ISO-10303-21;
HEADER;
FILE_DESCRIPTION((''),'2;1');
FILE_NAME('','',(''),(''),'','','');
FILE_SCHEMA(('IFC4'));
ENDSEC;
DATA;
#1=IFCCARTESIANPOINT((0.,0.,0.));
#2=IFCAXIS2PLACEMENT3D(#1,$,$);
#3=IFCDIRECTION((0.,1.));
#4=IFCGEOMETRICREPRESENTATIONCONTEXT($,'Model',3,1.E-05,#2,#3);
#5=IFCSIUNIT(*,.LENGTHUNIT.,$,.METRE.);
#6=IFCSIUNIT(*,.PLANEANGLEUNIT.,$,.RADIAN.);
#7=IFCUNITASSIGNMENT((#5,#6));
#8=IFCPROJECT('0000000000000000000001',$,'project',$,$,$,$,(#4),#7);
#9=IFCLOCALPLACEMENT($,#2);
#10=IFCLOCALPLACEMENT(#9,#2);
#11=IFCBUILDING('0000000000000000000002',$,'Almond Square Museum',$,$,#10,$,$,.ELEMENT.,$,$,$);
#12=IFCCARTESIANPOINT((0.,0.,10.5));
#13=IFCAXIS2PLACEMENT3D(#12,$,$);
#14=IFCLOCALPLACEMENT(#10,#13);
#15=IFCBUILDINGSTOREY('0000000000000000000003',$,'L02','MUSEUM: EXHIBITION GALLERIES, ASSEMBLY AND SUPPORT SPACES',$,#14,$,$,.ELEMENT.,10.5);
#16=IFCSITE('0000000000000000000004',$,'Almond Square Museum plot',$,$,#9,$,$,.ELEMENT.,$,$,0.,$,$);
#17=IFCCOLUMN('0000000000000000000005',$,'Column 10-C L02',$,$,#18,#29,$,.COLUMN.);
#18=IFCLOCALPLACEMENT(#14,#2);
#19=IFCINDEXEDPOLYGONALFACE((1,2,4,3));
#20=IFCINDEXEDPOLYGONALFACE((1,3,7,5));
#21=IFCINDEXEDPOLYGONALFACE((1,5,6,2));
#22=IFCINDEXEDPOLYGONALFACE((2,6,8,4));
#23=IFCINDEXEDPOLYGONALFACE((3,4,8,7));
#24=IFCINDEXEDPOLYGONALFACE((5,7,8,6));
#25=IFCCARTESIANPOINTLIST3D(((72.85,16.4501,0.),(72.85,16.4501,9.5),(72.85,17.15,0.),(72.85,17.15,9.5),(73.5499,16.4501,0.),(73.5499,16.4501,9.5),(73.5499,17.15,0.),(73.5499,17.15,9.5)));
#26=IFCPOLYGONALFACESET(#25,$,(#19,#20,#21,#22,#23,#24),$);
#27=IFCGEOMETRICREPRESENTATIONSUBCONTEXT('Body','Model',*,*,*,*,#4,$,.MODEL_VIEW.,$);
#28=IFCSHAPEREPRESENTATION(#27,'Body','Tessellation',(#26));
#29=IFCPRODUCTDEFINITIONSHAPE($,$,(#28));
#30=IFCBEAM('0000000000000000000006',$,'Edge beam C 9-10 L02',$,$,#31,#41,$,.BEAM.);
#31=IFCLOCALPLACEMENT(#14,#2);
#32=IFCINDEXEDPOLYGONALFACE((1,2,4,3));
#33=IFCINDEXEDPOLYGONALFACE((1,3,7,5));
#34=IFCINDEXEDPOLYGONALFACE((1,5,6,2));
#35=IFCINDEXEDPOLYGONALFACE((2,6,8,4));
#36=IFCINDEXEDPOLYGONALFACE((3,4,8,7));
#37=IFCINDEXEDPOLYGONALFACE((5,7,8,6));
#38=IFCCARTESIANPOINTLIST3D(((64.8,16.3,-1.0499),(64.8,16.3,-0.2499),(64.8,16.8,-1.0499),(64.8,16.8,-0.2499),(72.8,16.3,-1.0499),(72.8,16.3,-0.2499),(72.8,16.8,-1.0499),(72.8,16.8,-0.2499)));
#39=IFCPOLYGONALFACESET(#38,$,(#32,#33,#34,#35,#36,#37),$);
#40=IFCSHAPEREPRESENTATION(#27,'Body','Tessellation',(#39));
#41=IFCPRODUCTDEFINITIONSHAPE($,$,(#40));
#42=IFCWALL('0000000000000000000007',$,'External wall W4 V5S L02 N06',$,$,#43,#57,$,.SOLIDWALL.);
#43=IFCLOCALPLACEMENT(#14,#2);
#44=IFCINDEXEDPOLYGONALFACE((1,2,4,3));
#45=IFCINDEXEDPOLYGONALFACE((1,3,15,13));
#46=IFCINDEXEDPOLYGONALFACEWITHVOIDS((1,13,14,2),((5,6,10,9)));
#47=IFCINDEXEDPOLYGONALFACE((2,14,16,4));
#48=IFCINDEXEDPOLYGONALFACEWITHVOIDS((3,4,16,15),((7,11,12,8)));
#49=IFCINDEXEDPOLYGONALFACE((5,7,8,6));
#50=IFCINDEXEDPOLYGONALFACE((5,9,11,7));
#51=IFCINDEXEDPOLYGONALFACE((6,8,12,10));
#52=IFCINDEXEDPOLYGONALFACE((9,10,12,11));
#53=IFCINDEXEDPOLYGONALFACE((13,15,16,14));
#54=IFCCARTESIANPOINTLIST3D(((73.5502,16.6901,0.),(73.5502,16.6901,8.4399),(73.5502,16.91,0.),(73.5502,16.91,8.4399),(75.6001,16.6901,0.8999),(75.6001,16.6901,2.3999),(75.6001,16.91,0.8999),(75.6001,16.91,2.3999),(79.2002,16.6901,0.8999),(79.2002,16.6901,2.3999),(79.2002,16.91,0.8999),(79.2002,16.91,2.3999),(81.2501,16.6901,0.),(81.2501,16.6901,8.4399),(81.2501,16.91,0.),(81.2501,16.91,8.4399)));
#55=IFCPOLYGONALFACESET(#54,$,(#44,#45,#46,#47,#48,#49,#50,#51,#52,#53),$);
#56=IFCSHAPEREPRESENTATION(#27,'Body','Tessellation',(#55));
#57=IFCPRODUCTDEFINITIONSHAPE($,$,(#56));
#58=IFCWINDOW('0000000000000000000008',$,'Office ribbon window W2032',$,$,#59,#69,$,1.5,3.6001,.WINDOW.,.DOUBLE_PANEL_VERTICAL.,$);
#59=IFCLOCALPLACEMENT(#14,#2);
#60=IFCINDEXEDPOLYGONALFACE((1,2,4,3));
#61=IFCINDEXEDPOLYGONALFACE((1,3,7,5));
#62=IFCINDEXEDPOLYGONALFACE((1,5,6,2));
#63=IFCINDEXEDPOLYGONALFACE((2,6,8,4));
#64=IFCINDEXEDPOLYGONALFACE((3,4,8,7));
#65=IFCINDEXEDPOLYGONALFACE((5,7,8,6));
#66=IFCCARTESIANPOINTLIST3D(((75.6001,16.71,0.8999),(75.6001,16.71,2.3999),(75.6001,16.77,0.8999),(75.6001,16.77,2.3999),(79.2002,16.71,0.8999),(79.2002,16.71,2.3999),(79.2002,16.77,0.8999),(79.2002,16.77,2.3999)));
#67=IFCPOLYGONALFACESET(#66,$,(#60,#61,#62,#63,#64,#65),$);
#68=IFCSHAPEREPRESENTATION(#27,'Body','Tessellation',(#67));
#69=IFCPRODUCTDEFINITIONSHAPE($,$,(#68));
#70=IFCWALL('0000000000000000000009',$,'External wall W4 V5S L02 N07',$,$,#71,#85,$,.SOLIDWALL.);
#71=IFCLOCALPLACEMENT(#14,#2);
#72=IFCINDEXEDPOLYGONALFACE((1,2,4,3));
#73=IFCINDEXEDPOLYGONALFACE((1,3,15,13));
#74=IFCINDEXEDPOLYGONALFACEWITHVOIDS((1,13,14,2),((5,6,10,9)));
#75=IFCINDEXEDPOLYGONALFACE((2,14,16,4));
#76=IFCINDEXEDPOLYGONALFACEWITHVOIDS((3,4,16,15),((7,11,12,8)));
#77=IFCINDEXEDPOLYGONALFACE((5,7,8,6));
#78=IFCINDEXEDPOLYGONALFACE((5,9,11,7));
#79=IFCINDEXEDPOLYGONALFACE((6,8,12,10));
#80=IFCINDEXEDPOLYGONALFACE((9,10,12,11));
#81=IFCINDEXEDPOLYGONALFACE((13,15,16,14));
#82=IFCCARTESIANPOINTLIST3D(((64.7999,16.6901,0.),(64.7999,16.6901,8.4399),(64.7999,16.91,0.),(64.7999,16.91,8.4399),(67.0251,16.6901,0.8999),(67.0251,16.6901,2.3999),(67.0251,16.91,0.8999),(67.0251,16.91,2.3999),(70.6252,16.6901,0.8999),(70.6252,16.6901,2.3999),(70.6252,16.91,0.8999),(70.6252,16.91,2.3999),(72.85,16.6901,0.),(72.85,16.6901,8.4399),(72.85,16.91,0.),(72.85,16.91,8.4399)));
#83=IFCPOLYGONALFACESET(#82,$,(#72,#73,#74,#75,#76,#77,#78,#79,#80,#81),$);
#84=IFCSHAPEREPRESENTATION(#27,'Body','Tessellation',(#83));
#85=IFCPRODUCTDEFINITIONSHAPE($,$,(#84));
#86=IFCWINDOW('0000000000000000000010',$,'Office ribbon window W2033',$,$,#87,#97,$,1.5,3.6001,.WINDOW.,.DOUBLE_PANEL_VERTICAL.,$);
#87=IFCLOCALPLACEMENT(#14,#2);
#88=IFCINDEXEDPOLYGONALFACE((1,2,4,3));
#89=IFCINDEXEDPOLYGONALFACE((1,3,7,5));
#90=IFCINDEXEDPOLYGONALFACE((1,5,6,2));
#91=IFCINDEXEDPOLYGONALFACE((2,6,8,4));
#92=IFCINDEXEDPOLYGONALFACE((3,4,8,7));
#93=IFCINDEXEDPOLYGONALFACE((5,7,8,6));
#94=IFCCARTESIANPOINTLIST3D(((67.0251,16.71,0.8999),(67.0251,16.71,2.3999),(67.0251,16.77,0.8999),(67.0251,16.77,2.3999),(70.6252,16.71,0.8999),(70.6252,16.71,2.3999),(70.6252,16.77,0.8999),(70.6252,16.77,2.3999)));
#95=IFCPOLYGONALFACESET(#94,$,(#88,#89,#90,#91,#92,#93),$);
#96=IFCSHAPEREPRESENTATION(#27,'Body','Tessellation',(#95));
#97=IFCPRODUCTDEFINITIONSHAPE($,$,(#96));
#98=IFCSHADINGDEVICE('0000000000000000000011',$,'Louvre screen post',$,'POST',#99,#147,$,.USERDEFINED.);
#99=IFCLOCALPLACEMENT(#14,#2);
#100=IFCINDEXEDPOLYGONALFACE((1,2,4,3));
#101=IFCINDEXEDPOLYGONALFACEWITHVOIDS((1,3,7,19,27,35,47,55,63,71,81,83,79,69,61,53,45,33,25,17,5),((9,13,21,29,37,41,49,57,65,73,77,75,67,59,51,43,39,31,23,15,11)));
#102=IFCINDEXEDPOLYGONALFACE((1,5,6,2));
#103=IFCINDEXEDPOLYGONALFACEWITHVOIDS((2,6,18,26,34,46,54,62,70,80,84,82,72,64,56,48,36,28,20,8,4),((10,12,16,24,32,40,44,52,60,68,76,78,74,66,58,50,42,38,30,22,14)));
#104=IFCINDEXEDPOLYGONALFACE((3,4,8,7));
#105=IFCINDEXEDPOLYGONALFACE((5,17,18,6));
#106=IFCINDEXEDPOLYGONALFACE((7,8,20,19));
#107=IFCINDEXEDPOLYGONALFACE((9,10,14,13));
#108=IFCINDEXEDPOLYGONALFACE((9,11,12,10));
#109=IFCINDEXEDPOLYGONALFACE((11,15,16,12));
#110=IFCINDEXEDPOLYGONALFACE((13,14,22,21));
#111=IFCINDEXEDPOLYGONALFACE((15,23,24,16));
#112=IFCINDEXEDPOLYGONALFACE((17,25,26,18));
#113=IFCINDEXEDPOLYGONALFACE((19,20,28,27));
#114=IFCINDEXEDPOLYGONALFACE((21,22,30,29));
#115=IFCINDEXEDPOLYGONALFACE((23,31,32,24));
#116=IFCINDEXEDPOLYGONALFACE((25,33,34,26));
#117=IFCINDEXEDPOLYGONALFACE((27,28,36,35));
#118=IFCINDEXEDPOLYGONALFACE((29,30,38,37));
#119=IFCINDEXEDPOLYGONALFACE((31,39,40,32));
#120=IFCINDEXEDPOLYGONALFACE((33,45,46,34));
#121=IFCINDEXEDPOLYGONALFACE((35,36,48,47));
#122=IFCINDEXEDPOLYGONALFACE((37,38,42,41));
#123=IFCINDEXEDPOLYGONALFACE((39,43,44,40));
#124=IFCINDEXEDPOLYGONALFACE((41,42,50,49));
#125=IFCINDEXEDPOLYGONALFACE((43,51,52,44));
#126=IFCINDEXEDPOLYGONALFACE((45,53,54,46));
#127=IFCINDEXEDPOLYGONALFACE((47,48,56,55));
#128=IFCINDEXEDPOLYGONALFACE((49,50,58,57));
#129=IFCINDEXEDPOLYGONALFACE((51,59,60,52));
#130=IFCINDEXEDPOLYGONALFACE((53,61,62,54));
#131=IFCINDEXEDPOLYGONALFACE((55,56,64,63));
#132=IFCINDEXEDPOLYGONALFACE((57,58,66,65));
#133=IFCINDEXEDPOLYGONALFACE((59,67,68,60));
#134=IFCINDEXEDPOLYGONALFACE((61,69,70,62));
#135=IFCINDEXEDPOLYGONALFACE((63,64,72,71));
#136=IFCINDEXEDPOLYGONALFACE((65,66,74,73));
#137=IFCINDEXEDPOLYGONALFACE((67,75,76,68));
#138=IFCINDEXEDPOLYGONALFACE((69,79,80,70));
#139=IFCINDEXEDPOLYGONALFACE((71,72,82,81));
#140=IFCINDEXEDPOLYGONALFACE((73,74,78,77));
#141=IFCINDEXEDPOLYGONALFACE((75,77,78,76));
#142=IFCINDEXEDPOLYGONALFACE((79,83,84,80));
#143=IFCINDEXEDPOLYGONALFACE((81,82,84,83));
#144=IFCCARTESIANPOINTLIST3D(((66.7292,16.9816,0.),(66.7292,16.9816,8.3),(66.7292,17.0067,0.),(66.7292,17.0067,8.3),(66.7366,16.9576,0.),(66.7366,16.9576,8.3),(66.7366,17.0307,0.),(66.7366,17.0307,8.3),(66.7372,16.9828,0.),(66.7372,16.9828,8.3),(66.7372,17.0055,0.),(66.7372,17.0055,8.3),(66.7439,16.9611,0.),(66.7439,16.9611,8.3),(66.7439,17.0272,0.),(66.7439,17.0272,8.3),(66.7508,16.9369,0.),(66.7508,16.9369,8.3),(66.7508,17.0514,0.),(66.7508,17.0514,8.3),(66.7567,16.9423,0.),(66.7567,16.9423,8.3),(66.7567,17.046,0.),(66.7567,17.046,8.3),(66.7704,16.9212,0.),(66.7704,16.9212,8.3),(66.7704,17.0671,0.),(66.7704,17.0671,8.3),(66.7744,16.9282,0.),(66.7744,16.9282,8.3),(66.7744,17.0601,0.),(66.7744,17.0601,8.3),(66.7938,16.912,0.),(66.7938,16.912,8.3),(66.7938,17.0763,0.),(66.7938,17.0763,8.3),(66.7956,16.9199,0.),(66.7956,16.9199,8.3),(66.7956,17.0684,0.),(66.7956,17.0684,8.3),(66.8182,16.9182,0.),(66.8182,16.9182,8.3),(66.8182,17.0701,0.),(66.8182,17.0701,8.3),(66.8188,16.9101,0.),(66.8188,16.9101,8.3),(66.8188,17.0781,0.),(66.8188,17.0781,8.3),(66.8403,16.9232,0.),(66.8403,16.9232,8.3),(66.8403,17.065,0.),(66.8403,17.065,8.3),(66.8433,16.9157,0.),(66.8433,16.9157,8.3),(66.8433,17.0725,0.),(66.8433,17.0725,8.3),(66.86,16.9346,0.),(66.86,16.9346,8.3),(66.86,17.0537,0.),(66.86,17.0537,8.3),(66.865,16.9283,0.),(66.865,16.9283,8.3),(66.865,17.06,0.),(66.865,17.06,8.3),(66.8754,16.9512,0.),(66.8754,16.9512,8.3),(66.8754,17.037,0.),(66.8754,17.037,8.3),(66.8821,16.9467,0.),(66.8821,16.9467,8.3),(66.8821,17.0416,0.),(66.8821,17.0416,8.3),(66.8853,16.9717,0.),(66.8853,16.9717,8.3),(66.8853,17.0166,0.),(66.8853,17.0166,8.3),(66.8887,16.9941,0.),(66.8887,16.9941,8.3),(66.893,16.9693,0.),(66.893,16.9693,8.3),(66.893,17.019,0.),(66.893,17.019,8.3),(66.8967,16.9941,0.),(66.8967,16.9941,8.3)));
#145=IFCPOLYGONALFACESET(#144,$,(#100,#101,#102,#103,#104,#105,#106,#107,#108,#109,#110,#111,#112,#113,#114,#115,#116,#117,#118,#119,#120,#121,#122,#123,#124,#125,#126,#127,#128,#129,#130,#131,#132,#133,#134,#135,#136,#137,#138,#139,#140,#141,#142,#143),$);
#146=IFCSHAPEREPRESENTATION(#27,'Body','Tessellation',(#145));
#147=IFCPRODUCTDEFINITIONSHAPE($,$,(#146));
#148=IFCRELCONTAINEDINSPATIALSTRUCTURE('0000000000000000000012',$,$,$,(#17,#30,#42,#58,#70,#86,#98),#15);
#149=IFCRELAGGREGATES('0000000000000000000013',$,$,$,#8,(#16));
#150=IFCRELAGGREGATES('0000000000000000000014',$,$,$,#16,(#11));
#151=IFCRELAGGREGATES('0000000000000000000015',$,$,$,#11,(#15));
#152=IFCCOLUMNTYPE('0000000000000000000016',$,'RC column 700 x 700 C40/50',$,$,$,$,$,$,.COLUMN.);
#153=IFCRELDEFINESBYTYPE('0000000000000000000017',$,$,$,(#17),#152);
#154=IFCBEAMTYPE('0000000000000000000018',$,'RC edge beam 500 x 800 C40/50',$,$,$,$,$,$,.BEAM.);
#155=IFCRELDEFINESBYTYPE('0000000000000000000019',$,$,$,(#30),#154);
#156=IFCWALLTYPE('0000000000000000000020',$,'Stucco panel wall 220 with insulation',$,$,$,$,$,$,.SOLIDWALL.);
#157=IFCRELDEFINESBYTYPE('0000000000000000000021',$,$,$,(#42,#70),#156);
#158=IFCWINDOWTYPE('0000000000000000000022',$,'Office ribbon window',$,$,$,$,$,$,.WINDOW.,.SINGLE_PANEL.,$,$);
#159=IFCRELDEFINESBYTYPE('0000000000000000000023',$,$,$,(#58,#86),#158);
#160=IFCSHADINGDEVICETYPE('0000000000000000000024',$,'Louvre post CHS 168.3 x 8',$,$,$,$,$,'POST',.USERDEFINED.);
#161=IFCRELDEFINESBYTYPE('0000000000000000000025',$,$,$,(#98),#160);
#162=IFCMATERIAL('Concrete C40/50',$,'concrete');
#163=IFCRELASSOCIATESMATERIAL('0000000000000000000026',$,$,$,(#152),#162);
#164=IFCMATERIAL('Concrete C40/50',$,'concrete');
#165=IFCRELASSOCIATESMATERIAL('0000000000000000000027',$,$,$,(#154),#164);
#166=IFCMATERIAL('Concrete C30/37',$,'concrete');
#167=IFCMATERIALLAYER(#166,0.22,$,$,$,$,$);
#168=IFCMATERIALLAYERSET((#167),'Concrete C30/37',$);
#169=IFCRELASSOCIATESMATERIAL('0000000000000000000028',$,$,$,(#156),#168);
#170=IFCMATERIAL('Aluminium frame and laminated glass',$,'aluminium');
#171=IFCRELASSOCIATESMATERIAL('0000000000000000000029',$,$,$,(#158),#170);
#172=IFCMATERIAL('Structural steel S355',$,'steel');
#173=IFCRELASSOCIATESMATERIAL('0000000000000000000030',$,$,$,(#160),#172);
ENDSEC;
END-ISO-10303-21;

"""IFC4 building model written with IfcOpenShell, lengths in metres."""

from ifc_helpers import new_model, si_unit, direction, frame, frame_2d, origin, origin_2d, place, context, subcontext, project, spatial, rectangle, hollow_circle, extrude, material, layer, layer_set, material_profile, profile_set, type_object, element, fill, save


model = new_model("IFC4")

# Units and contexts
model_context = context("Model", 3, precision=1e-05, world=origin(), true_north=direction((0.0, 1.0)))
body_context = subcontext(model_context, "Body", "Model", "MODEL_VIEW")
ifc_project = project(units=[si_unit("LENGTHUNIT", "METRE"), si_unit("PLANEANGLEUNIT", "RADIAN")], contexts=[model_context])

# Site, building, storey
site_placement = place(None, origin())
site = spatial("IfcSite", under=ifc_project, at=site_placement, Name="Almond Square Museum plot", CompositionType="ELEMENT", RefElevation=0.0)
building_placement = place(site_placement, origin())
building = spatial("IfcBuilding", under=site, at=building_placement, Name="Almond Square Museum", CompositionType="ELEMENT")
storey_placement = place(building_placement, frame((0.0, 0.0, 10.5)))
storey = spatial("IfcBuildingStorey", under=building, at=storey_placement, Name="L02", Description="MUSEUM: EXHIBITION GALLERIES, ASSEMBLY AND SUPPORT SPACES", CompositionType="ELEMENT", Elevation=10.5)

# Column
ifc_material_1 = material(Name="Concrete C40/50", Category="concrete")
ifc_material_profile_1 = material_profile(ifc_material_1, rectangle(XDim=0.7, YDim=0.7, at=origin_2d()))
ifc_profile_set_1 = profile_set([ifc_material_profile_1], Name="Concrete C40/50")
column_type = type_object("IfcColumnType", Name="RC column 700 x 700 C40/50", PredefinedType="COLUMN", material=ifc_profile_set_1)
column_placement = place(storey_placement, frame((73.2, 16.8, 0.0), z_axis=(0.0, 0.0, 1.0), x_axis=(1.0, 0.0, 0.0)))
element("IfcColumn", 1, at=column_placement, inside=storey, type_object=column_type, Name="Column 10-C L02", PredefinedType="COLUMN", context=body_context, shape_type="SweptSolid", body=[
    extrude(rectangle(XDim=0.7, YDim=0.7, at=origin_2d()), origin(), (0.0, 0.0, 1.0), 9.5),
])

# Beam
ifc_material_2 = material(Name="Concrete C40/50", Category="concrete")
ifc_material_profile_2 = material_profile(ifc_material_2, rectangle(XDim=0.5, YDim=0.8, at=origin_2d()))
ifc_profile_set_2 = profile_set([ifc_material_profile_2], Name="Concrete C40/50")
beam_type = type_object("IfcBeamType", Name="RC edge beam 500 x 800 C40/50", PredefinedType="BEAM", material=ifc_profile_set_2)
beam_placement = place(storey_placement, frame((64.8, 16.55, -0.6499), z_axis=(1.0, 0.0, 0.0), x_axis=(0.0, 1.0, 0.0)))
element("IfcBeam", 2, at=beam_placement, inside=storey, type_object=beam_type, Name="Edge beam C 9-10 L02", PredefinedType="BEAM", context=body_context, shape_type="SweptSolid", body=[
    extrude(rectangle(XDim=0.5, YDim=0.8, at=origin_2d()), origin(), (0.0, 0.0, 1.0), 8.0),
])

# Walls, openings, windows
ifc_material_3 = material(Name="Concrete C30/37", Category="concrete")
ifc_layer = layer(ifc_material_3, 0.22)
ifc_layer_set = layer_set([ifc_layer], Name="Concrete C30/37")
wall_type = type_object("IfcWallType", Name="Stucco panel wall 220 with insulation", PredefinedType="SOLIDWALL", material=ifc_layer_set)
wall_1_placement = place(storey_placement, frame((73.55, 16.8, 0.0), z_axis=(0.0, 0.0, 1.0), x_axis=(1.0, 0.0, 0.0)))
wall_1 = element("IfcWall", 3, at=wall_1_placement, inside=storey, type_object=wall_type, Name="External wall W4 V5S L02 N06", PredefinedType="SOLIDWALL", context=body_context, shape_type="SweptSolid", body=[
    extrude(rectangle(XDim=7.7, YDim=0.22, at=frame_2d((3.8501, 0.0))), origin(), (0.0, 0.0, 1.0), 8.4399),
])
opening_1_placement = place(wall_1_placement, frame((2.05, 0.0, 0.8999)))
opening_1 = element("IfcOpeningElement", 4, at=opening_1_placement, cuts=wall_1, PredefinedType="OPENING", context=body_context, shape_type="SweptSolid", body=[
    extrude(rectangle(XDim=3.6001, YDim=1.5, at=frame_2d((1.8, 0.75))), frame((0.0, 0.1199, 0.0), z_axis=(0.0, -1.0, 0.0), x_axis=(1.0, 0.0, 0.0)), (0.0, 0.0, 1.0), 0.24),
])
ifc_material_4 = material(Name="Aluminium frame and laminated glass", Category="aluminium")
window_type = type_object("IfcWindowType", Name="Office ribbon window", PartitioningType="SINGLE_PANEL", PredefinedType="WINDOW", material=ifc_material_4)
window_1_placement = place(opening_1_placement, origin())
window_1 = element("IfcWindow", 5, at=window_1_placement, inside=storey, type_object=window_type, Name="Office ribbon window W2032", OverallHeight=1.5, OverallWidth=3.6001, PartitioningType="DOUBLE_PANEL_VERTICAL", PredefinedType="WINDOW", context=body_context, shape_type="SweptSolid", body=[
    extrude(rectangle(XDim=3.6001, YDim=1.5, at=frame_2d((1.8, 0.75))), frame((0.0, -0.03, 0.0), z_axis=(0.0, -1.0, 0.0), x_axis=(1.0, 0.0, 0.0)), (0.0, 0.0, 1.0), 0.0601),
])
fill(opening_1, window_1)
wall_2_placement = place(storey_placement, frame((64.8, 16.8, 0.0), z_axis=(0.0, 0.0, 1.0), x_axis=(1.0, 0.0, 0.0)))
wall_2 = element("IfcWall", 6, at=wall_2_placement, inside=storey, type_object=wall_type, Name="External wall W4 V5S L02 N07", PredefinedType="SOLIDWALL", context=body_context, shape_type="SweptSolid", body=[
    extrude(rectangle(XDim=8.05, YDim=0.22, at=frame_2d((4.0249, 0.0))), origin(), (0.0, 0.0, 1.0), 8.4399),
])
opening_2_placement = place(wall_2_placement, frame((2.2251, 0.0, 0.8999)))
opening_2 = element("IfcOpeningElement", 7, at=opening_2_placement, cuts=wall_2, PredefinedType="OPENING", context=body_context, shape_type="SweptSolid", body=[
    extrude(rectangle(XDim=3.6001, YDim=1.5, at=frame_2d((1.8, 0.75))), frame((0.0, 0.1199, 0.0), z_axis=(0.0, -1.0, 0.0), x_axis=(1.0, 0.0, 0.0)), (0.0, 0.0, 1.0), 0.24),
])
window_2_placement = place(opening_2_placement, origin())
window_2 = element("IfcWindow", 8, at=window_2_placement, inside=storey, type_object=window_type, Name="Office ribbon window W2033", OverallHeight=1.5, OverallWidth=3.6001, PartitioningType="DOUBLE_PANEL_VERTICAL", PredefinedType="WINDOW", context=body_context, shape_type="SweptSolid", body=[
    extrude(rectangle(XDim=3.6001, YDim=1.5, at=frame_2d((1.8, 0.75))), frame((0.0, -0.03, 0.0), z_axis=(0.0, -1.0, 0.0), x_axis=(1.0, 0.0, 0.0)), (0.0, 0.0, 1.0), 0.0601),
])
fill(opening_2, window_2)

# Shading device
ifc_material_5 = material(Name="Structural steel S355", Category="steel")
ifc_material_profile_3 = material_profile(ifc_material_5, hollow_circle(Radius=0.0842, WallThickness=0.0081, at=origin_2d()))
ifc_profile_set_3 = profile_set([ifc_material_profile_3], Name="Structural steel S355")
shading_device_type = type_object("IfcShadingDeviceType", Name="Louvre post CHS 168.3 x 8", ElementType="POST", PredefinedType="USERDEFINED", material=ifc_profile_set_3)
for number, where, z_axis, x_axis, name in (
    (9, (66.8125, 16.9941, 0.0), (0.0, 0.0, 1.0), (1.0, 0.0, 0.0), "Louvre screen post"),
):
    element("IfcShadingDevice", number, at=place(storey_placement, frame(where, z_axis=z_axis, x_axis=x_axis)), inside=storey, type_object=shading_device_type, Name=name, ObjectType="POST", PredefinedType="USERDEFINED", context=body_context, shape_type="SweptSolid", body=[
        extrude(hollow_circle(Radius=0.0842, WallThickness=0.0081, at=origin_2d()), origin(), (0.0, 0.0, 1.0), 8.3),
    ])

save(model, "model.ifc")
